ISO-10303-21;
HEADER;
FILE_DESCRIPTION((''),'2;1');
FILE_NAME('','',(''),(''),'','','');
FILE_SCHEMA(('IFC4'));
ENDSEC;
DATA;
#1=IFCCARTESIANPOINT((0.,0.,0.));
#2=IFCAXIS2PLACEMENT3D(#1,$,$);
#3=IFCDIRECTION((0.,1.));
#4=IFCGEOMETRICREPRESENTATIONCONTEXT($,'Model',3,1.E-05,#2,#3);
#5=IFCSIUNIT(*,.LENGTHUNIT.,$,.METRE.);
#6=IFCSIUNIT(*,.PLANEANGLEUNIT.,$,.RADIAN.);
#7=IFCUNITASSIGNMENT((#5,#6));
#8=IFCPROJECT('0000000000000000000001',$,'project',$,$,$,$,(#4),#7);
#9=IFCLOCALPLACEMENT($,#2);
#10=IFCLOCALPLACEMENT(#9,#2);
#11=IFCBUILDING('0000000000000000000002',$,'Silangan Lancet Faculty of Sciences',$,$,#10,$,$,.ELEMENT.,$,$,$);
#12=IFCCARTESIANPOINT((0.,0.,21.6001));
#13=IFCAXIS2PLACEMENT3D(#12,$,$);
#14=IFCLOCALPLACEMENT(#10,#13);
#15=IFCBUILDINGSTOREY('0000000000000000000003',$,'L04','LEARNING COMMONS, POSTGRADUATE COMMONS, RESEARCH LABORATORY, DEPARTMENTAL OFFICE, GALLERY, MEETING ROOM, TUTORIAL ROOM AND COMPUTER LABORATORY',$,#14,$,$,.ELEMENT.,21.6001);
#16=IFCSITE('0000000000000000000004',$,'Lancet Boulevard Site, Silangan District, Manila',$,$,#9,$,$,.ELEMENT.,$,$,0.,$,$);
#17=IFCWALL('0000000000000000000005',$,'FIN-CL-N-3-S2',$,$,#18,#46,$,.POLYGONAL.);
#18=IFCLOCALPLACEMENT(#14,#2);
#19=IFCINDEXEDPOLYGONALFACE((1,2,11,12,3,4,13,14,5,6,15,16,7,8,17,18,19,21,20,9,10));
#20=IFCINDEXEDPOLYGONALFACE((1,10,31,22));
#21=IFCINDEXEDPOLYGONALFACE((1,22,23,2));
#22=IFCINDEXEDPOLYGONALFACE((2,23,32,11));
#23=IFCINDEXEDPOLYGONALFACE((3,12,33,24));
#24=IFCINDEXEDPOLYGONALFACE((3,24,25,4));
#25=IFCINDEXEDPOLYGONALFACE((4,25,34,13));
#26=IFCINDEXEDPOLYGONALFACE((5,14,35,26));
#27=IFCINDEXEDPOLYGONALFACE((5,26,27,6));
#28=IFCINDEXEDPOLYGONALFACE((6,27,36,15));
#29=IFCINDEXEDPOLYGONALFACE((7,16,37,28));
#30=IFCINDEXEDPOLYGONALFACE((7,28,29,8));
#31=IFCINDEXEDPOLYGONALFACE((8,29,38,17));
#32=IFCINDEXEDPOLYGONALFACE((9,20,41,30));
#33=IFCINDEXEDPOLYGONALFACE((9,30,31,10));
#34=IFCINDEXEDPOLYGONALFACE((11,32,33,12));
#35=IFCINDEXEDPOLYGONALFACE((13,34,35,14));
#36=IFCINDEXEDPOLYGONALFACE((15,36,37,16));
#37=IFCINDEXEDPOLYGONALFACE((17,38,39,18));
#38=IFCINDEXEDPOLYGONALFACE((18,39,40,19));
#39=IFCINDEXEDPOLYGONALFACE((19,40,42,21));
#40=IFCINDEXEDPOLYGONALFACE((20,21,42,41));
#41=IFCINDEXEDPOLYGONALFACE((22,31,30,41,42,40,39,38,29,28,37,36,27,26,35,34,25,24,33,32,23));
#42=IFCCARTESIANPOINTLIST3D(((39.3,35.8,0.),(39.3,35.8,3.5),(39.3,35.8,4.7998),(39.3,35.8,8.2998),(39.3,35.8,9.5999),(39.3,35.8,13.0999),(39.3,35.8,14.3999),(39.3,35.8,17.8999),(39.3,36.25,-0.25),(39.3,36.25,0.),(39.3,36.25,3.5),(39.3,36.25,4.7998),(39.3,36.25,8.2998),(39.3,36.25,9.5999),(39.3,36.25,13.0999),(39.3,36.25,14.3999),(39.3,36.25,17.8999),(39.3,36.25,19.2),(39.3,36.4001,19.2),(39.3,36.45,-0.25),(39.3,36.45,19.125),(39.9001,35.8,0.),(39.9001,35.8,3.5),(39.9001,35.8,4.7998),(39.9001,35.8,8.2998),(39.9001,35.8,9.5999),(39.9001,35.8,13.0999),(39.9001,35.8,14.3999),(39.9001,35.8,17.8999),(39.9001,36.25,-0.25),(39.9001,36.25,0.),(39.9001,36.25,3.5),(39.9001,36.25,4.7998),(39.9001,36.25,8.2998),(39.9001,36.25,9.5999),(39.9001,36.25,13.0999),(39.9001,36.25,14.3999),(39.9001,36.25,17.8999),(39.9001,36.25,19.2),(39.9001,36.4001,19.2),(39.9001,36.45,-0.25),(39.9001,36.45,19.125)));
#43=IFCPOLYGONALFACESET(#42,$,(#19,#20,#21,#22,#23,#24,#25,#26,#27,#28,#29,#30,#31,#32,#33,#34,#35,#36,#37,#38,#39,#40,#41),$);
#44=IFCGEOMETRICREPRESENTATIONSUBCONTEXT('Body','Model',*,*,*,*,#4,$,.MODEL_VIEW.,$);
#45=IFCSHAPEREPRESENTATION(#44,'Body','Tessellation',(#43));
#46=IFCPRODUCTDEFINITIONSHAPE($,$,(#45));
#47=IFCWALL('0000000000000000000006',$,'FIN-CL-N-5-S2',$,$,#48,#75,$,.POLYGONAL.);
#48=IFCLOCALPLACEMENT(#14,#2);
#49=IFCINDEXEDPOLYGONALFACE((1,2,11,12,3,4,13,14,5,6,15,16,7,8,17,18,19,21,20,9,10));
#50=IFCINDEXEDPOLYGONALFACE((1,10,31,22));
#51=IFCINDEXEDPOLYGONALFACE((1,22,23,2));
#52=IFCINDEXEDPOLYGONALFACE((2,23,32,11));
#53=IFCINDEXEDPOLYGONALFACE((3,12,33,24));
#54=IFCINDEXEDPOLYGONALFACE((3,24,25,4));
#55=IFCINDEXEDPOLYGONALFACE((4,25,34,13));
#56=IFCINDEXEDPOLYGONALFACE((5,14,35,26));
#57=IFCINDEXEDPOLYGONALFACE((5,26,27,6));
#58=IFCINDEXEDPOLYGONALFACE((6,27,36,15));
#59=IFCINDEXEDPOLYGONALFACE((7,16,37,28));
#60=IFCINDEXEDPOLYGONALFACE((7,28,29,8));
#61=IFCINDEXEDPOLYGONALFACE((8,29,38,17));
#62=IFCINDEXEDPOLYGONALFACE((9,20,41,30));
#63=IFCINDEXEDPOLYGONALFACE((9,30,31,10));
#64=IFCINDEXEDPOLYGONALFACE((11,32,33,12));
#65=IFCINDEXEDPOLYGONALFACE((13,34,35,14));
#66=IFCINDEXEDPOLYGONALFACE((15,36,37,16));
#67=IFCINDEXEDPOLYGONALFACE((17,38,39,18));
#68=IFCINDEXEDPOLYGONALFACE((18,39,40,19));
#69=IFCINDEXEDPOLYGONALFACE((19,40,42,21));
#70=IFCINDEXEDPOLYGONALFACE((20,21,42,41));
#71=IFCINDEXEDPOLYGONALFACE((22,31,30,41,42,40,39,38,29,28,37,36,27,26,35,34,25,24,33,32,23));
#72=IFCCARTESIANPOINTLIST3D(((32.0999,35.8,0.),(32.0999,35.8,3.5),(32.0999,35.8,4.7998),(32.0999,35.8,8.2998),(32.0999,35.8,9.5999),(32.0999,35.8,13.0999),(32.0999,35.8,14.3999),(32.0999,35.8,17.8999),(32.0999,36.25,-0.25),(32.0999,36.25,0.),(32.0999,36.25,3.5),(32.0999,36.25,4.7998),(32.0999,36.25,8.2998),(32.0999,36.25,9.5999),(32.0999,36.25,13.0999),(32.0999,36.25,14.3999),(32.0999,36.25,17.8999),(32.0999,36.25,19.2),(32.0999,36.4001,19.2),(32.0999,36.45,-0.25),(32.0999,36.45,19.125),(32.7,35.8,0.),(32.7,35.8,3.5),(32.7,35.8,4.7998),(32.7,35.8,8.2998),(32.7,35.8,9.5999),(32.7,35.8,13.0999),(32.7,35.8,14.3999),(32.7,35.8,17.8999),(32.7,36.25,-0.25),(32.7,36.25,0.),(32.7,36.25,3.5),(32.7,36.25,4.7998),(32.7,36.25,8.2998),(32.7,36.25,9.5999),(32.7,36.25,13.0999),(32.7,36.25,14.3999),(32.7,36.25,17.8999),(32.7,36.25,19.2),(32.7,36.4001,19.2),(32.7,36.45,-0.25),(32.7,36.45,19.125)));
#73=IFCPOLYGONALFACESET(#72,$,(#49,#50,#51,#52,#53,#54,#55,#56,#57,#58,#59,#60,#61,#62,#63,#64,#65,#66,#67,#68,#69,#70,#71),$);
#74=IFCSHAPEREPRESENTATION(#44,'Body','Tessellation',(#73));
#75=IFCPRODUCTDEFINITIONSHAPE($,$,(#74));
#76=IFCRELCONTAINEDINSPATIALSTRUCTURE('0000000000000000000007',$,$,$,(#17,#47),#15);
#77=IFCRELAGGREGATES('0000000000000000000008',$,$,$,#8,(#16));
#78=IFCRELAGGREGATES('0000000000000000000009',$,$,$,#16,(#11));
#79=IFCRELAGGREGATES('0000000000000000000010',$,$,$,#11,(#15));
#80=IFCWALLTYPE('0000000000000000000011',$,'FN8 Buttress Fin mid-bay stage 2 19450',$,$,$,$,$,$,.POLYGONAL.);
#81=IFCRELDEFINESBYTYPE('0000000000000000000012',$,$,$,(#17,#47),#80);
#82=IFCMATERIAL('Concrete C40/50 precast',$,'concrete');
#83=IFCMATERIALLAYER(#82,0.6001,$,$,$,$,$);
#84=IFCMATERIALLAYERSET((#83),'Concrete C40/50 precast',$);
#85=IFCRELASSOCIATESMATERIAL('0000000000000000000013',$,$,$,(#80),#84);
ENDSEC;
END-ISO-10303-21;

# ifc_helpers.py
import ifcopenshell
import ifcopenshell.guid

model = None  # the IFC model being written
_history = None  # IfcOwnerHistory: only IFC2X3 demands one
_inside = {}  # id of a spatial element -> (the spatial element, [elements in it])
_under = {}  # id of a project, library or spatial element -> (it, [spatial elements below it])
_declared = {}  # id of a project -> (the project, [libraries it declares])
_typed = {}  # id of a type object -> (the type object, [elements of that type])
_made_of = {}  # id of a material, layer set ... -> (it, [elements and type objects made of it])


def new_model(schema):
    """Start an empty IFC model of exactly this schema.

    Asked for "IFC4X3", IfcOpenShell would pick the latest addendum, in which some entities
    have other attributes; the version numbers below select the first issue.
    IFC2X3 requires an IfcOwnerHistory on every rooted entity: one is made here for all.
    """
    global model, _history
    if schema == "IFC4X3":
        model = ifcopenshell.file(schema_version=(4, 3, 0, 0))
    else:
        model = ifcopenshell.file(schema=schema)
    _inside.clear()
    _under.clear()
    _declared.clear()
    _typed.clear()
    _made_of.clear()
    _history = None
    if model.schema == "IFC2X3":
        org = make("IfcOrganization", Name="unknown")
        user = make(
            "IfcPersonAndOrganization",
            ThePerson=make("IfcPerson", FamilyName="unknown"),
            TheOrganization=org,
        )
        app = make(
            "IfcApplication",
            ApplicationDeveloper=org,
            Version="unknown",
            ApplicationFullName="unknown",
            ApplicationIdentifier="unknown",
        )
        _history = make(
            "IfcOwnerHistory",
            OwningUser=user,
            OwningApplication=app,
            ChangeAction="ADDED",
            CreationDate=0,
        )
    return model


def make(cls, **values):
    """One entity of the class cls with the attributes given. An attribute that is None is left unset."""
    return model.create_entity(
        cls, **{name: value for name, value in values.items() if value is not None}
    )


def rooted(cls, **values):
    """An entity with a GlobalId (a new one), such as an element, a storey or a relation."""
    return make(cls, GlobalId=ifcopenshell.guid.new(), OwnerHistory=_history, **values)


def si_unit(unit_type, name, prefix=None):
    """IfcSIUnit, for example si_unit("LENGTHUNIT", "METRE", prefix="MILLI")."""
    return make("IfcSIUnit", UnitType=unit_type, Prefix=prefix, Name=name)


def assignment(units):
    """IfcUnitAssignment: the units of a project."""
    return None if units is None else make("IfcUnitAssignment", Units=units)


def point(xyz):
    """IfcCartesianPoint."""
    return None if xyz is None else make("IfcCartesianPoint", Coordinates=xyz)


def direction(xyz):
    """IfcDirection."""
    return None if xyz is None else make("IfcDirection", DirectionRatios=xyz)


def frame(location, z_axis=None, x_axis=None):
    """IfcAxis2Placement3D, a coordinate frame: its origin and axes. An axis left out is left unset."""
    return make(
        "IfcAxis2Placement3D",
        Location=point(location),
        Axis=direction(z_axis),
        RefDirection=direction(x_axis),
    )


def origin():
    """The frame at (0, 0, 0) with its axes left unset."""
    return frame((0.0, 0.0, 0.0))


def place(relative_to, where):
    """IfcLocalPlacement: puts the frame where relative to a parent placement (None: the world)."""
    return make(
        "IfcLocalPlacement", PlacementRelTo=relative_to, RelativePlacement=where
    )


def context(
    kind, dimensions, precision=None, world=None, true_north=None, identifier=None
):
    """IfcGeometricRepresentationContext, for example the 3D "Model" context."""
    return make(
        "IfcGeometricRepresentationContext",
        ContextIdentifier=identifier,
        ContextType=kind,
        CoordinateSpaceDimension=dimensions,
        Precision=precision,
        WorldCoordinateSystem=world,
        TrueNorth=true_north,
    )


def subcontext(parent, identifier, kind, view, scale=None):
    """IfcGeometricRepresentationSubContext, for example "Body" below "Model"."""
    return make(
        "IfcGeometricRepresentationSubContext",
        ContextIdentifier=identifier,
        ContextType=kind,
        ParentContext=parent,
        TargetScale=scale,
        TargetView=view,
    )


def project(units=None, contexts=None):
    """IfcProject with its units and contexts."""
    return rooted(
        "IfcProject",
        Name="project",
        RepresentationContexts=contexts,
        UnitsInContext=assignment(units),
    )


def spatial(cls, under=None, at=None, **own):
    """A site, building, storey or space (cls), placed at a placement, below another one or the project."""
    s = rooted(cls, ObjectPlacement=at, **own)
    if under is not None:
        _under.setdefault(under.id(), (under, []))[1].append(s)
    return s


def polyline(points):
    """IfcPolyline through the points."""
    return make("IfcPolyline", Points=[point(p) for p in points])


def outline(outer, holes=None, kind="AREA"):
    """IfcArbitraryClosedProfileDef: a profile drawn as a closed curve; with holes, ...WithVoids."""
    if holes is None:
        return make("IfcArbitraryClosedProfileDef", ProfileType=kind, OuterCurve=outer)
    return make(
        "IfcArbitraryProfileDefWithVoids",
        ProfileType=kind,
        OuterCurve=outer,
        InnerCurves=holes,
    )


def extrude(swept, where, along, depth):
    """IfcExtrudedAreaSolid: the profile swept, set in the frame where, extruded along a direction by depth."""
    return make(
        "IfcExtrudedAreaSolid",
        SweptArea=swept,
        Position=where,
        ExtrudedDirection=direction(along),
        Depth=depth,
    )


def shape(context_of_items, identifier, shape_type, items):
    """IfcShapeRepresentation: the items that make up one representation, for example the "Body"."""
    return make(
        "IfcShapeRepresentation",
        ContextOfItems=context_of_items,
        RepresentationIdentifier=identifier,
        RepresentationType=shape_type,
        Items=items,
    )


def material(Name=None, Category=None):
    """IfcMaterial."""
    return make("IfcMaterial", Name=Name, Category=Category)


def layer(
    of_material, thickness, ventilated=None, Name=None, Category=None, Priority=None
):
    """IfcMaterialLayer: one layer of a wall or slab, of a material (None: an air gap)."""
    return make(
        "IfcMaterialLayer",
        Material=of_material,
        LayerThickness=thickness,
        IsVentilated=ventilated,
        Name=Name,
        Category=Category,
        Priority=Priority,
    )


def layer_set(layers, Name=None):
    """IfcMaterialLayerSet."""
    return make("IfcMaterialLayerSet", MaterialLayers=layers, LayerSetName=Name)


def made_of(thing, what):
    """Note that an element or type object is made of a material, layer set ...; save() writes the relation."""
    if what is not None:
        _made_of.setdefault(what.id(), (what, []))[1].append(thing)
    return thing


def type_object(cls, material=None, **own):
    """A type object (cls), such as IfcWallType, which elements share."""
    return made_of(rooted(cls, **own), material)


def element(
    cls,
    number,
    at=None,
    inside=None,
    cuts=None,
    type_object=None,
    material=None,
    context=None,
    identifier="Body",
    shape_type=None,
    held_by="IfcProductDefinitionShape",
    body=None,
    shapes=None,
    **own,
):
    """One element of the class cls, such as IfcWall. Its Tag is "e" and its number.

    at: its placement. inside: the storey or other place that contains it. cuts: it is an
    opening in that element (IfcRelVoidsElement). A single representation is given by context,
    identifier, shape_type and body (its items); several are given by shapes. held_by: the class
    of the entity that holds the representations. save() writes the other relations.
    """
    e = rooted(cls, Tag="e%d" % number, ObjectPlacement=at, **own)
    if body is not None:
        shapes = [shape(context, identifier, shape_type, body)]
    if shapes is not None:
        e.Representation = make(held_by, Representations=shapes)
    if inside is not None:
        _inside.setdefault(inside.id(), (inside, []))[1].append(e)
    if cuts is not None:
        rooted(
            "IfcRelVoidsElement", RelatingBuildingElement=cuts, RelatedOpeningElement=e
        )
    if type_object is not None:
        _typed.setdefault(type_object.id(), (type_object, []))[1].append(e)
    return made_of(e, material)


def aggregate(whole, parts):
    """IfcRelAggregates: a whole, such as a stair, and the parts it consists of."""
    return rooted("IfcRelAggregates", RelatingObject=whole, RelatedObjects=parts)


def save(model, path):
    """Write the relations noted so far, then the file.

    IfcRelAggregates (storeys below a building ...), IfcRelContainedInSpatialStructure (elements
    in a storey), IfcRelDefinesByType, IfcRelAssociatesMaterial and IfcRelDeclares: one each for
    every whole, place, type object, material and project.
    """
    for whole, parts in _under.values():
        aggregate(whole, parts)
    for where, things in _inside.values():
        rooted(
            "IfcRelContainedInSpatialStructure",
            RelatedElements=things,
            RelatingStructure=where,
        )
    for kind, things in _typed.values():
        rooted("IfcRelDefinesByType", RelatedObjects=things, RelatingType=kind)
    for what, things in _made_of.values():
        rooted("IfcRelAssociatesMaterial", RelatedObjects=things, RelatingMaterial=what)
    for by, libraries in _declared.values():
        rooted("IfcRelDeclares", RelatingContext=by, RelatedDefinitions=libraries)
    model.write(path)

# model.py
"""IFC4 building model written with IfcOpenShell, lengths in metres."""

from ifc_helpers import new_model, si_unit, direction, frame, origin, place, context, subcontext, project, spatial, polyline, outline, extrude, material, layer, layer_set, type_object, element, save


model = new_model("IFC4")

# Units and contexts
model_context = context("Model", 3, precision=1e-05, world=origin(), true_north=direction((0.0, 1.0)))
body_context = subcontext(model_context, "Body", "Model", "MODEL_VIEW")
ifc_project = project(units=[si_unit("LENGTHUNIT", "METRE"), si_unit("PLANEANGLEUNIT", "RADIAN")], contexts=[model_context])

# Site, building, storey
site_placement = place(None, origin())
site = spatial("IfcSite", under=ifc_project, at=site_placement, Name="Lancet Boulevard Site, Silangan District, Manila", CompositionType="ELEMENT", RefElevation=0.0)
building_placement = place(site_placement, origin())
building = spatial("IfcBuilding", under=site, at=building_placement, Name="Silangan Lancet Faculty of Sciences", CompositionType="ELEMENT")
storey_placement = place(building_placement, frame((0.0, 0.0, 21.6001)))
storey = spatial("IfcBuildingStorey", under=building, at=storey_placement, Name="L04", Description="LEARNING COMMONS, POSTGRADUATE COMMONS, RESEARCH LABORATORY, DEPARTMENTAL OFFICE, GALLERY, MEETING ROOM, TUTORIAL ROOM AND COMPUTER LABORATORY", CompositionType="ELEMENT", Elevation=21.6001)

# Walls
ifc_material_1 = material(Name="Concrete C40/50 precast", Category="concrete")
ifc_layer_1 = layer(ifc_material_1, 0.6001)
ifc_layer_set_1 = layer_set([ifc_layer_1], Name="Concrete C40/50 precast")
wall_type = type_object("IfcWallType", Name="FN8 Buttress Fin mid-bay stage 2 19450", PredefinedType="POLYGONAL", material=ifc_layer_set_1)
for number, where, z_axis, x_axis, name in (
    (1, (39.6001, 35.8, -0.25), (0.0, 0.0, 1.0), (0.0, 1.0, 0.0), "FIN-CL-N-3-S2"),
    (2, (32.3999, 35.8, -0.25), (0.0, 0.0, 1.0), (0.0, 1.0, 0.0), "FIN-CL-N-5-S2"),
):
    element("IfcWall", number, at=place(storey_placement, frame(where, z_axis=z_axis, x_axis=x_axis)), inside=storey, type_object=wall_type, Name=name, PredefinedType="POLYGONAL", context=body_context, shape_type="SweptSolid", body=[
        extrude(outline(polyline([(0.6499, 0.0), (0.6499, 19.375), (0.6001, 19.45), (0.45, 19.45), (0.45, 18.1499), (0.0, 18.1499), (0.0, 14.6499), (0.45, 14.6499), (0.45, 13.3499), (0.0, 13.3499), (0.0, 9.8499), (0.45, 9.8499), (0.45, 8.5498), (0.0, 8.5498), (0.0, 5.0498), (0.45, 5.0498), (0.45, 3.75), (0.0, 3.75), (0.0, 0.25), (0.45, 0.25), (0.45, 0.0), (0.6499, 0.0)])), frame((0.0, 0.3, 0.0), z_axis=(0.0, -1.0, 0.0), x_axis=(1.0, 0.0, 0.0)), (0.0, 0.0, 1.0), 0.6001),
    ])

save(model, "model.ifc")
